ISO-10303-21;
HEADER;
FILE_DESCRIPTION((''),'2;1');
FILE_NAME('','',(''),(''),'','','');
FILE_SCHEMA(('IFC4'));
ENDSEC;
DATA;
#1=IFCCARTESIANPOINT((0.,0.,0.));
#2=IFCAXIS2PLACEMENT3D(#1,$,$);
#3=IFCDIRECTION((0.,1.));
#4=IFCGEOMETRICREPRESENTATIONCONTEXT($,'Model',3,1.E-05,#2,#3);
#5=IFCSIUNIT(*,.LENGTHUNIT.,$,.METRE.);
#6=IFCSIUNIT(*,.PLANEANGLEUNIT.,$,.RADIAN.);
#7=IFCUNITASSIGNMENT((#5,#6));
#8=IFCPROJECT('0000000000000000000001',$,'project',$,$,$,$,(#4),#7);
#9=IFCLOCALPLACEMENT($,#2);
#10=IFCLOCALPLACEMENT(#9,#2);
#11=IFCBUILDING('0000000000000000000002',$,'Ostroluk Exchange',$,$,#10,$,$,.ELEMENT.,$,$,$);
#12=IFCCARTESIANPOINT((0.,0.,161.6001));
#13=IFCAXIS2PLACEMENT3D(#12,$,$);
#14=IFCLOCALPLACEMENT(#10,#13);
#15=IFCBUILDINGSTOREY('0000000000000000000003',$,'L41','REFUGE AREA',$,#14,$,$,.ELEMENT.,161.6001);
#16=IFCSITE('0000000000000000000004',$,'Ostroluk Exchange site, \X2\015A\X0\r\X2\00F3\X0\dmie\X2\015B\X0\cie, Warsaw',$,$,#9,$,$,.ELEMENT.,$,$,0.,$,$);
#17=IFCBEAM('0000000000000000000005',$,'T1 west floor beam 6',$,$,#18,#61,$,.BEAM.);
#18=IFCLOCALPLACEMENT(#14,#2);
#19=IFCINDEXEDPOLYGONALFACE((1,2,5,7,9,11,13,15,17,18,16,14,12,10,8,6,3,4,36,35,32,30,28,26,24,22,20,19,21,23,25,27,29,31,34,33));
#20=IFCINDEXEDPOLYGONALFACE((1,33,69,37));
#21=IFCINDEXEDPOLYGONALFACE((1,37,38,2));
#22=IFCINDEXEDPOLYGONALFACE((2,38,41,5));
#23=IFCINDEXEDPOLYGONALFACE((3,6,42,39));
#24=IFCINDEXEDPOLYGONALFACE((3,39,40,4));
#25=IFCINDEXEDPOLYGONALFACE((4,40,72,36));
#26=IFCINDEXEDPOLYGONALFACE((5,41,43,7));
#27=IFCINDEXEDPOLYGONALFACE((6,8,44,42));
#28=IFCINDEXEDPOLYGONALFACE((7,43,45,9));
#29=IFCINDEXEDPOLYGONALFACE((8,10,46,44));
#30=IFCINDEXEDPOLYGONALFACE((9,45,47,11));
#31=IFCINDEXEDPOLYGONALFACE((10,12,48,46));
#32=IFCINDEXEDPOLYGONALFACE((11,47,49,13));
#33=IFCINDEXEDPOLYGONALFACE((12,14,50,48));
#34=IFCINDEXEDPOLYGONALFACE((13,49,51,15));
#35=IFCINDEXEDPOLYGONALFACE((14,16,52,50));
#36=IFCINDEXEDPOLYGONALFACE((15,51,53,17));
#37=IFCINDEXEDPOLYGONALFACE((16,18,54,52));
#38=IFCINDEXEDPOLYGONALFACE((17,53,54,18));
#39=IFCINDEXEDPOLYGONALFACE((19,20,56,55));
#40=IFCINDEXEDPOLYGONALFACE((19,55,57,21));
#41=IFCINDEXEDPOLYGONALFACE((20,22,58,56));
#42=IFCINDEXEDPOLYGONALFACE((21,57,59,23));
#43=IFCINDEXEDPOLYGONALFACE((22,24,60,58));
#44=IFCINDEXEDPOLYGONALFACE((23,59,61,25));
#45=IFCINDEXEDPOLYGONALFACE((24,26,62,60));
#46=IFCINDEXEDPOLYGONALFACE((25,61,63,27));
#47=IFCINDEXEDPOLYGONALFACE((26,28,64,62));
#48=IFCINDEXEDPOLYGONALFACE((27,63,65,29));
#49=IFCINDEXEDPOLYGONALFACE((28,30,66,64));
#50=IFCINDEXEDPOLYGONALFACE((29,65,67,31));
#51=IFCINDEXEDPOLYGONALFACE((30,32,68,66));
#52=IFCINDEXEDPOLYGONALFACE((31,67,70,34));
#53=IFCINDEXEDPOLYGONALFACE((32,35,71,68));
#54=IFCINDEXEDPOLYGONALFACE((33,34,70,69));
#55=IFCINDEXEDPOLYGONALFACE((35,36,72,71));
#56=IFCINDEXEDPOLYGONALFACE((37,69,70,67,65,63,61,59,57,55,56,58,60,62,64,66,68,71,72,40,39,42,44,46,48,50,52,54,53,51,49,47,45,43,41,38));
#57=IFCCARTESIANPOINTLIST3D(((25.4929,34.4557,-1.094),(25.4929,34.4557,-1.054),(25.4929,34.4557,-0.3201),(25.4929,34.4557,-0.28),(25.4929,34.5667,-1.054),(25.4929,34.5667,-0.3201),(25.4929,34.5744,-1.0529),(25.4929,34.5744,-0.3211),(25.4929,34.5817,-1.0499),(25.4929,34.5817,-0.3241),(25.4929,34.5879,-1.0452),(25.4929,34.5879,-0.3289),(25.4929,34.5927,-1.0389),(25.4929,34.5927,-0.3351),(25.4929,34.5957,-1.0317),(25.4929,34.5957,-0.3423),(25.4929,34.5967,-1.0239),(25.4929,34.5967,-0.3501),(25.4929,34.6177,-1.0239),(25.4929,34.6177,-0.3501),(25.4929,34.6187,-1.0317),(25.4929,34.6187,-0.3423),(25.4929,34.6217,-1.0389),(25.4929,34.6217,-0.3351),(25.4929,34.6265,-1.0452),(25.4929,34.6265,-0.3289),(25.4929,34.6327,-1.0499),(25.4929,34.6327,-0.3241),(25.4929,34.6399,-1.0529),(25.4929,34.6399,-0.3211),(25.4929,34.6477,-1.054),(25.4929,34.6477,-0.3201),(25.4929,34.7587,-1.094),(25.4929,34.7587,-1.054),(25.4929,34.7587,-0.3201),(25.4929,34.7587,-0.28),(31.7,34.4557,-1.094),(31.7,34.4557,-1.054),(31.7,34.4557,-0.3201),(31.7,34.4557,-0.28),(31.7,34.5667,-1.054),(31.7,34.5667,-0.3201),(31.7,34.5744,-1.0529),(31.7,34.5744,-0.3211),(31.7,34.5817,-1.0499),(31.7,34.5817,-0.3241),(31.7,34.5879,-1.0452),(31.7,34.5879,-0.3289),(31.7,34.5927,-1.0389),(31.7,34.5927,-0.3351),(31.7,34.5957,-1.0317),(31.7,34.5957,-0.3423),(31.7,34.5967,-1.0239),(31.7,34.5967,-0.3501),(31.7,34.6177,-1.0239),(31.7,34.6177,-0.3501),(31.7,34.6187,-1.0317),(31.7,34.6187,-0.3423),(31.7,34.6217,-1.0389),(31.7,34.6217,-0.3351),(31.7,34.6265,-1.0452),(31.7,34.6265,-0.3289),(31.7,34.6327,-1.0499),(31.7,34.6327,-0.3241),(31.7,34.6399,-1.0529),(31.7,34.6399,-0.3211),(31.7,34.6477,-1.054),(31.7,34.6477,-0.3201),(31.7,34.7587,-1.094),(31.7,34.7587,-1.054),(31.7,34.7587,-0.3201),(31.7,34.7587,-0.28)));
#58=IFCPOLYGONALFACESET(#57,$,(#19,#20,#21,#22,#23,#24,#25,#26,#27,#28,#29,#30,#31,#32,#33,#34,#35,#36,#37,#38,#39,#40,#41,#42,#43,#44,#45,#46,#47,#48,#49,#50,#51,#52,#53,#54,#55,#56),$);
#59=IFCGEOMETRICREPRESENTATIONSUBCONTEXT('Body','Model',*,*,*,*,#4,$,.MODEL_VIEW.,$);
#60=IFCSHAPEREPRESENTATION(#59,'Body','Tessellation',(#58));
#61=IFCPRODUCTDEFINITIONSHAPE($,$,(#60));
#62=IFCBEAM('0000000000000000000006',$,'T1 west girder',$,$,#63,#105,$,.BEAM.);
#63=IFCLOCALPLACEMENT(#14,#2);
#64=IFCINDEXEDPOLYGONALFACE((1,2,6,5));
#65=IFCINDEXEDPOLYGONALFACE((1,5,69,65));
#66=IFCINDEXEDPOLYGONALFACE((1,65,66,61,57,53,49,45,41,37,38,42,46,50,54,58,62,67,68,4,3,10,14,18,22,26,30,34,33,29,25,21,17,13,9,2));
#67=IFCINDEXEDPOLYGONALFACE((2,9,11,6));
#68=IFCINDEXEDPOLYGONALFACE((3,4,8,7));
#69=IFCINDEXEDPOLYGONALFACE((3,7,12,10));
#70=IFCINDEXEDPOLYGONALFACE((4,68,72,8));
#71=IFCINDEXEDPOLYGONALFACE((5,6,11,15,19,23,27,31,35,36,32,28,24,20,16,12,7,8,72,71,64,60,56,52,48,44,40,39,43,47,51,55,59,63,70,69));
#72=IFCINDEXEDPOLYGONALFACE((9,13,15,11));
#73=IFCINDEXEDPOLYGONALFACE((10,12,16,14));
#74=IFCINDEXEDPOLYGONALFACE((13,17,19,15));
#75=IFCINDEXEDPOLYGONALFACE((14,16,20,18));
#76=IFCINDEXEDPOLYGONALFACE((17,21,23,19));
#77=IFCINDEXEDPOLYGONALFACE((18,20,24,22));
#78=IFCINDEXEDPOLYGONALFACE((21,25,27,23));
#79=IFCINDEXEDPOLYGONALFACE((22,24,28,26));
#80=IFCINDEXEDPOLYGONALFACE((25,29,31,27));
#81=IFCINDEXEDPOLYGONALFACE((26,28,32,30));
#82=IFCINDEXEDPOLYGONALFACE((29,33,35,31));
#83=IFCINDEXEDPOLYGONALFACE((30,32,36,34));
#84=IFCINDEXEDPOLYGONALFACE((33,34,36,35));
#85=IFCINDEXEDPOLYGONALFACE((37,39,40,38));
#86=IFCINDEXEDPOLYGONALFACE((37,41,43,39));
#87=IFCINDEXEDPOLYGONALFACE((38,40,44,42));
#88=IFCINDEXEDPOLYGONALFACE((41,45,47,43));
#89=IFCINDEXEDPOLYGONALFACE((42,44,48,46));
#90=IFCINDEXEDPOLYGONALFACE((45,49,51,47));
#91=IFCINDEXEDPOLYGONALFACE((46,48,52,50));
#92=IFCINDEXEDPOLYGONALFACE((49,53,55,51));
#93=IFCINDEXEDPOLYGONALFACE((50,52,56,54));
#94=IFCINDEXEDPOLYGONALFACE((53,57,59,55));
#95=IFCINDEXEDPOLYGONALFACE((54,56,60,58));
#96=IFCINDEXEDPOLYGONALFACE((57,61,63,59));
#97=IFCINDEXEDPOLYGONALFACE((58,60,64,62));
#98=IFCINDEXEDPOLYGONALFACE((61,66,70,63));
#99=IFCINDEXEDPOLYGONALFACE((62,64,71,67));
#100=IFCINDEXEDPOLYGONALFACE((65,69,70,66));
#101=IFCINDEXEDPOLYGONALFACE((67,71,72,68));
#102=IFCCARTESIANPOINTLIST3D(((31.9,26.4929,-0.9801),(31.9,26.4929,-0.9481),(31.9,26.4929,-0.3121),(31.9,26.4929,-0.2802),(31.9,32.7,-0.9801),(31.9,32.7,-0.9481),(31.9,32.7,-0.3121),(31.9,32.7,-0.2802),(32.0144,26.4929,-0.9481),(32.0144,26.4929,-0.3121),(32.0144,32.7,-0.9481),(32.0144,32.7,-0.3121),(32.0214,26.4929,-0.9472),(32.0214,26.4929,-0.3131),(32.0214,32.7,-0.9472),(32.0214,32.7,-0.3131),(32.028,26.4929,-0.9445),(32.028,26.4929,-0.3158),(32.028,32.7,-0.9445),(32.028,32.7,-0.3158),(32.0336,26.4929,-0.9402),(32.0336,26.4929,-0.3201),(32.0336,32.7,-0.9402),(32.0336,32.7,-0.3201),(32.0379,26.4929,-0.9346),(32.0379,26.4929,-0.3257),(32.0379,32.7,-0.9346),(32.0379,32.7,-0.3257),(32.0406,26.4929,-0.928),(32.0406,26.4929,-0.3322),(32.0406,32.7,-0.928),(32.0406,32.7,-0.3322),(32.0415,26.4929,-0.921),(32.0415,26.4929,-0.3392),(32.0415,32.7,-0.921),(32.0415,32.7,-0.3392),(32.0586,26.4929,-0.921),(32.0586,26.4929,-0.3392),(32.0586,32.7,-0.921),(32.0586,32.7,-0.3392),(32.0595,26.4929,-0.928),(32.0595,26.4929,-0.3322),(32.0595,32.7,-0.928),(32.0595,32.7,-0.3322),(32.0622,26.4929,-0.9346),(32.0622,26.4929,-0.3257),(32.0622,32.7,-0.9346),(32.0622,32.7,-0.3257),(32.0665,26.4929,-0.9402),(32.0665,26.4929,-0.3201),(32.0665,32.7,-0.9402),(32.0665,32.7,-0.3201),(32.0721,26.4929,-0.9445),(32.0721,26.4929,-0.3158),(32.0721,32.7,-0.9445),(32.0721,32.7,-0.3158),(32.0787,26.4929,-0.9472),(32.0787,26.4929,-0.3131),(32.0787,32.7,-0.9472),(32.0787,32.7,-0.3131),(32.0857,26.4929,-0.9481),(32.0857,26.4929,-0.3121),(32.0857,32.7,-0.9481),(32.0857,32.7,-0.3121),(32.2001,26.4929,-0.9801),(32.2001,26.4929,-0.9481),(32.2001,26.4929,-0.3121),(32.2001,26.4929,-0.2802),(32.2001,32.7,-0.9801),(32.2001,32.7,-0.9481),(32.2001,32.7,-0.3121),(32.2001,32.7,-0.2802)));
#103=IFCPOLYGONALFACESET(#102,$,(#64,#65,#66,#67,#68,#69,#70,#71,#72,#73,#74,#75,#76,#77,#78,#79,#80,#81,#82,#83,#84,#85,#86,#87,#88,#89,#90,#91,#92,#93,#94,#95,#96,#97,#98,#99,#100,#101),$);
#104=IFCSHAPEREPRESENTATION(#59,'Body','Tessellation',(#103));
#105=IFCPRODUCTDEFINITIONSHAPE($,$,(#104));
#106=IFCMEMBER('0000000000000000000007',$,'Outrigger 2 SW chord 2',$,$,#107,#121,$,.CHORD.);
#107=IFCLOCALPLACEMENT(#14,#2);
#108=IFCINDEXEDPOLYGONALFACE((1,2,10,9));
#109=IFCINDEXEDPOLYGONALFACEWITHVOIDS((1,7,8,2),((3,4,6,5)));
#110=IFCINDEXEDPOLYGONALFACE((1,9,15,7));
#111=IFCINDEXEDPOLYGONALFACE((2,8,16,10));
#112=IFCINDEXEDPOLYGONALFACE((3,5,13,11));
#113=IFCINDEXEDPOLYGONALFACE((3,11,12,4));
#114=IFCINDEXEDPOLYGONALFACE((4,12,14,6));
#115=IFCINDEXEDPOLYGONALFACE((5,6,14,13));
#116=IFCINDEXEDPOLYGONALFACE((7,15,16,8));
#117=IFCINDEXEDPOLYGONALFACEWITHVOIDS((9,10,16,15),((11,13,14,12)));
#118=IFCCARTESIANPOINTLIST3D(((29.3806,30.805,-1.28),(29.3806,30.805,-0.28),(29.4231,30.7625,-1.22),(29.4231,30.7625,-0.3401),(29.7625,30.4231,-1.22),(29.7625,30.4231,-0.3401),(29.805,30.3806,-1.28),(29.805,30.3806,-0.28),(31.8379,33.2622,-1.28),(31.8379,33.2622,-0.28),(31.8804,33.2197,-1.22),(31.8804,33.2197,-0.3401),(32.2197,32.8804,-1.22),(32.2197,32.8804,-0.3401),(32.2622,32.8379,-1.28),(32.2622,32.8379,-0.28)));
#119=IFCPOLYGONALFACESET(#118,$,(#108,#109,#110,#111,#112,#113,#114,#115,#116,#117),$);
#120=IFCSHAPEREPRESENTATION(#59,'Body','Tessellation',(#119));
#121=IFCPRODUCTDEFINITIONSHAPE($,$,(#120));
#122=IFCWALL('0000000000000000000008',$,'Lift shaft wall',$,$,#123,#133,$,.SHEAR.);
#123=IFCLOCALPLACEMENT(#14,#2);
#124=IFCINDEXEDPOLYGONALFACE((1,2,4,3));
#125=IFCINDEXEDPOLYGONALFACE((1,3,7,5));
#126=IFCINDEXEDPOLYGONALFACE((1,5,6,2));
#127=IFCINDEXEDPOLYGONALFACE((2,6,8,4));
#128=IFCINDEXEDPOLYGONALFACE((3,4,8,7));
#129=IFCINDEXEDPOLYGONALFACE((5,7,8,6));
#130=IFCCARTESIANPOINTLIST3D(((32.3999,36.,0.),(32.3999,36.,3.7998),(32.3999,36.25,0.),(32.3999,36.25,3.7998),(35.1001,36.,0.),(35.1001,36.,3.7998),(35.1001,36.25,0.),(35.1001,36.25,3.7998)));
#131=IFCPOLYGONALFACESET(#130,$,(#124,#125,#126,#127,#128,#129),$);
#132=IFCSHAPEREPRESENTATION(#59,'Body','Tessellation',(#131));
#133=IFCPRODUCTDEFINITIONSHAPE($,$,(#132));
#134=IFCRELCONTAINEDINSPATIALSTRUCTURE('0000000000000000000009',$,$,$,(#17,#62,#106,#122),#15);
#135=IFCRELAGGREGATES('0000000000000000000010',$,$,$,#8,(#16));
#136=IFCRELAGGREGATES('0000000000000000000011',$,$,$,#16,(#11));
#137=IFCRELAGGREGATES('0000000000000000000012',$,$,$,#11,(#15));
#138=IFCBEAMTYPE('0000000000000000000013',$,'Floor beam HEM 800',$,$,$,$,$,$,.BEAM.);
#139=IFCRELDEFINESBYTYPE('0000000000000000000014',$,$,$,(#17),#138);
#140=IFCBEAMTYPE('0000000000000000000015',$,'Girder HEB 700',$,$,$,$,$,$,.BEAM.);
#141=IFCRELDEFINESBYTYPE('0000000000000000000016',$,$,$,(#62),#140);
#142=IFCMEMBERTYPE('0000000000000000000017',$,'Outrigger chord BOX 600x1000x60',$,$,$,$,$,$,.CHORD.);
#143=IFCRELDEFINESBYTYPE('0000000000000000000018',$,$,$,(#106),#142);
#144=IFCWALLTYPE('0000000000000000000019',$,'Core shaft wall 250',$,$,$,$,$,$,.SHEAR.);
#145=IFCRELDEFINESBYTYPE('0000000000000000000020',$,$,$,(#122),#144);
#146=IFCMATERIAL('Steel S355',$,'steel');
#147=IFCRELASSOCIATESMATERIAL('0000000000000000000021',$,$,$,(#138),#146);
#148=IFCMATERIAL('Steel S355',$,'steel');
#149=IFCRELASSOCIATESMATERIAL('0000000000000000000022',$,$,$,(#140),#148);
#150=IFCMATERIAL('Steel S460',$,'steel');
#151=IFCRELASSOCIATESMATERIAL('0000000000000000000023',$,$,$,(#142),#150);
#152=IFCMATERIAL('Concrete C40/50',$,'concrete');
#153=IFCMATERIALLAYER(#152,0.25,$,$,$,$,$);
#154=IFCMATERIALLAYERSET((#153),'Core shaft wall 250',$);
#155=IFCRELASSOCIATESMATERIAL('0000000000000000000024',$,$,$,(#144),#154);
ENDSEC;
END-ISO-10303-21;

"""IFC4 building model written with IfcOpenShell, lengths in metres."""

from ifc_helpers import new_model, si_unit, direction, frame, frame_2d, origin, origin_2d, place, context, subcontext, project, spatial, rectangle, hollow_rectangle, i_section, extrude, material, layer, layer_set, material_profile, profile_set, type_object, element, save


model = new_model("IFC4")

# Units and contexts
model_context = context("Model", 3, precision=1e-05, world=origin(), true_north=direction((0.0, 1.0)))
body_context = subcontext(model_context, "Body", "Model", "MODEL_VIEW")
ifc_project = project(units=[si_unit("LENGTHUNIT", "METRE"), si_unit("PLANEANGLEUNIT", "RADIAN")], contexts=[model_context])

# Site, building, storey
site_placement = place(None, origin())
site = spatial("IfcSite", under=ifc_project, at=site_placement, Name="Ostroluk Exchange site, Śródmieście, Warsaw", CompositionType="ELEMENT", RefElevation=0.0)
building_placement = place(site_placement, origin())
building = spatial("IfcBuilding", under=site, at=building_placement, Name="Ostroluk Exchange", CompositionType="ELEMENT")
storey_placement = place(building_placement, frame((0.0, 0.0, 161.6001)))
storey = spatial("IfcBuildingStorey", under=building, at=storey_placement, Name="L41", Description="REFUGE AREA", CompositionType="ELEMENT", Elevation=161.6001)

# Beams
ifc_material_1 = material(Name="Steel S355", Category="steel")
ifc_material_profile_1 = material_profile(ifc_material_1, i_section(OverallWidth=0.303, OverallDepth=0.814, WebThickness=0.021, FlangeThickness=0.04, FilletRadius=0.03, at=origin_2d()), Name="HEM 800")
ifc_profile_set_1 = profile_set([ifc_material_profile_1], Name="Steel S355")
beam_type_1 = type_object("IfcBeamType", Name="Floor beam HEM 800", PredefinedType="BEAM", material=ifc_profile_set_1)
beam_1_placement = place(storey_placement, frame((31.7, 34.6072, -0.687), z_axis=(-1.0, 0.0, 0.0), x_axis=(0.0, -1.0, 0.0)))
element("IfcBeam", 1, at=beam_1_placement, inside=storey, type_object=beam_type_1, Name="T1 west floor beam 6", PredefinedType="BEAM", context=body_context, shape_type="SweptSolid", body=[
    extrude(i_section(OverallWidth=0.303, OverallDepth=0.814, WebThickness=0.021, FlangeThickness=0.04, FilletRadius=0.03, at=origin_2d()), origin(), (0.0, 0.0, 1.0), 6.207),
])
ifc_material_2 = material(Name="Steel S355", Category="steel")
ifc_material_profile_2 = material_profile(ifc_material_2, i_section(OverallWidth=0.3, OverallDepth=0.7, WebThickness=0.0171, FlangeThickness=0.032, FilletRadius=0.0271, at=origin_2d()), Name="HEB 700")
ifc_profile_set_2 = profile_set([ifc_material_profile_2], Name="Steel S355")
beam_type_2 = type_object("IfcBeamType", Name="Girder HEB 700", PredefinedType="BEAM", material=ifc_profile_set_2)
beam_2_placement = place(storey_placement, frame((32.05, 32.7, -0.6301), z_axis=(0.0, -1.0, 0.0), x_axis=(1.0, 0.0, 0.0)))
element("IfcBeam", 2, at=beam_2_placement, inside=storey, type_object=beam_type_2, Name="T1 west girder", PredefinedType="BEAM", context=body_context, shape_type="SweptSolid", body=[
    extrude(i_section(OverallWidth=0.3, OverallDepth=0.7, WebThickness=0.0171, FlangeThickness=0.032, FilletRadius=0.0271, at=origin_2d()), origin(), (0.0, 0.0, 1.0), 6.207),
])

# Member
ifc_material_3 = material(Name="Steel S460", Category="steel")
ifc_material_profile_3 = material_profile(ifc_material_3, hollow_rectangle(XDim=0.6001, YDim=1.0, WallThickness=0.0601, at=origin_2d()), Name="BOX 600x1000x60")
ifc_profile_set_3 = profile_set([ifc_material_profile_3], Name="Steel S460")
member_type = type_object("IfcMemberType", Name="Outrigger chord BOX 600x1000x60", PredefinedType="CHORD", material=ifc_profile_set_3)
member_placement = place(storey_placement, frame((32.05, 33.05, -0.78), z_axis=(-0.707107, -0.707107, 0.0), x_axis=(0.707107, -0.707107, 0.0)))
element("IfcMember", 3, at=member_placement, inside=storey, type_object=member_type, Name="Outrigger 2 SW chord 2", PredefinedType="CHORD", context=body_context, shape_type="SweptSolid", body=[
    extrude(hollow_rectangle(XDim=0.6001, YDim=1.0, WallThickness=0.0601, at=origin_2d()), origin(), (0.0, 0.0, 1.0), 3.4751),
])

# Wall
ifc_material_4 = material(Name="Concrete C40/50", Category="concrete")
ifc_layer_1 = layer(ifc_material_4, 0.25)
ifc_layer_set_1 = layer_set([ifc_layer_1], Name="Core shaft wall 250")
wall_type_1 = type_object("IfcWallType", Name="Core shaft wall 250", PredefinedType="SHEAR", material=ifc_layer_set_1)
wall_1_placement = place(storey_placement, frame((32.3999, 36.125, 0.0), z_axis=(0.0, 0.0, 1.0), x_axis=(1.0, 0.0, 0.0)))
element("IfcWall", 4, at=wall_1_placement, inside=storey, type_object=wall_type_1, Name="Lift shaft wall", PredefinedType="SHEAR", context=body_context, shape_type="SweptSolid", body=[
    extrude(rectangle(XDim=2.7002, YDim=0.25, at=frame_2d((1.3501, 0.0))), origin(), (0.0, 0.0, 1.0), 3.7998),
])

save(model, "model.ifc")
